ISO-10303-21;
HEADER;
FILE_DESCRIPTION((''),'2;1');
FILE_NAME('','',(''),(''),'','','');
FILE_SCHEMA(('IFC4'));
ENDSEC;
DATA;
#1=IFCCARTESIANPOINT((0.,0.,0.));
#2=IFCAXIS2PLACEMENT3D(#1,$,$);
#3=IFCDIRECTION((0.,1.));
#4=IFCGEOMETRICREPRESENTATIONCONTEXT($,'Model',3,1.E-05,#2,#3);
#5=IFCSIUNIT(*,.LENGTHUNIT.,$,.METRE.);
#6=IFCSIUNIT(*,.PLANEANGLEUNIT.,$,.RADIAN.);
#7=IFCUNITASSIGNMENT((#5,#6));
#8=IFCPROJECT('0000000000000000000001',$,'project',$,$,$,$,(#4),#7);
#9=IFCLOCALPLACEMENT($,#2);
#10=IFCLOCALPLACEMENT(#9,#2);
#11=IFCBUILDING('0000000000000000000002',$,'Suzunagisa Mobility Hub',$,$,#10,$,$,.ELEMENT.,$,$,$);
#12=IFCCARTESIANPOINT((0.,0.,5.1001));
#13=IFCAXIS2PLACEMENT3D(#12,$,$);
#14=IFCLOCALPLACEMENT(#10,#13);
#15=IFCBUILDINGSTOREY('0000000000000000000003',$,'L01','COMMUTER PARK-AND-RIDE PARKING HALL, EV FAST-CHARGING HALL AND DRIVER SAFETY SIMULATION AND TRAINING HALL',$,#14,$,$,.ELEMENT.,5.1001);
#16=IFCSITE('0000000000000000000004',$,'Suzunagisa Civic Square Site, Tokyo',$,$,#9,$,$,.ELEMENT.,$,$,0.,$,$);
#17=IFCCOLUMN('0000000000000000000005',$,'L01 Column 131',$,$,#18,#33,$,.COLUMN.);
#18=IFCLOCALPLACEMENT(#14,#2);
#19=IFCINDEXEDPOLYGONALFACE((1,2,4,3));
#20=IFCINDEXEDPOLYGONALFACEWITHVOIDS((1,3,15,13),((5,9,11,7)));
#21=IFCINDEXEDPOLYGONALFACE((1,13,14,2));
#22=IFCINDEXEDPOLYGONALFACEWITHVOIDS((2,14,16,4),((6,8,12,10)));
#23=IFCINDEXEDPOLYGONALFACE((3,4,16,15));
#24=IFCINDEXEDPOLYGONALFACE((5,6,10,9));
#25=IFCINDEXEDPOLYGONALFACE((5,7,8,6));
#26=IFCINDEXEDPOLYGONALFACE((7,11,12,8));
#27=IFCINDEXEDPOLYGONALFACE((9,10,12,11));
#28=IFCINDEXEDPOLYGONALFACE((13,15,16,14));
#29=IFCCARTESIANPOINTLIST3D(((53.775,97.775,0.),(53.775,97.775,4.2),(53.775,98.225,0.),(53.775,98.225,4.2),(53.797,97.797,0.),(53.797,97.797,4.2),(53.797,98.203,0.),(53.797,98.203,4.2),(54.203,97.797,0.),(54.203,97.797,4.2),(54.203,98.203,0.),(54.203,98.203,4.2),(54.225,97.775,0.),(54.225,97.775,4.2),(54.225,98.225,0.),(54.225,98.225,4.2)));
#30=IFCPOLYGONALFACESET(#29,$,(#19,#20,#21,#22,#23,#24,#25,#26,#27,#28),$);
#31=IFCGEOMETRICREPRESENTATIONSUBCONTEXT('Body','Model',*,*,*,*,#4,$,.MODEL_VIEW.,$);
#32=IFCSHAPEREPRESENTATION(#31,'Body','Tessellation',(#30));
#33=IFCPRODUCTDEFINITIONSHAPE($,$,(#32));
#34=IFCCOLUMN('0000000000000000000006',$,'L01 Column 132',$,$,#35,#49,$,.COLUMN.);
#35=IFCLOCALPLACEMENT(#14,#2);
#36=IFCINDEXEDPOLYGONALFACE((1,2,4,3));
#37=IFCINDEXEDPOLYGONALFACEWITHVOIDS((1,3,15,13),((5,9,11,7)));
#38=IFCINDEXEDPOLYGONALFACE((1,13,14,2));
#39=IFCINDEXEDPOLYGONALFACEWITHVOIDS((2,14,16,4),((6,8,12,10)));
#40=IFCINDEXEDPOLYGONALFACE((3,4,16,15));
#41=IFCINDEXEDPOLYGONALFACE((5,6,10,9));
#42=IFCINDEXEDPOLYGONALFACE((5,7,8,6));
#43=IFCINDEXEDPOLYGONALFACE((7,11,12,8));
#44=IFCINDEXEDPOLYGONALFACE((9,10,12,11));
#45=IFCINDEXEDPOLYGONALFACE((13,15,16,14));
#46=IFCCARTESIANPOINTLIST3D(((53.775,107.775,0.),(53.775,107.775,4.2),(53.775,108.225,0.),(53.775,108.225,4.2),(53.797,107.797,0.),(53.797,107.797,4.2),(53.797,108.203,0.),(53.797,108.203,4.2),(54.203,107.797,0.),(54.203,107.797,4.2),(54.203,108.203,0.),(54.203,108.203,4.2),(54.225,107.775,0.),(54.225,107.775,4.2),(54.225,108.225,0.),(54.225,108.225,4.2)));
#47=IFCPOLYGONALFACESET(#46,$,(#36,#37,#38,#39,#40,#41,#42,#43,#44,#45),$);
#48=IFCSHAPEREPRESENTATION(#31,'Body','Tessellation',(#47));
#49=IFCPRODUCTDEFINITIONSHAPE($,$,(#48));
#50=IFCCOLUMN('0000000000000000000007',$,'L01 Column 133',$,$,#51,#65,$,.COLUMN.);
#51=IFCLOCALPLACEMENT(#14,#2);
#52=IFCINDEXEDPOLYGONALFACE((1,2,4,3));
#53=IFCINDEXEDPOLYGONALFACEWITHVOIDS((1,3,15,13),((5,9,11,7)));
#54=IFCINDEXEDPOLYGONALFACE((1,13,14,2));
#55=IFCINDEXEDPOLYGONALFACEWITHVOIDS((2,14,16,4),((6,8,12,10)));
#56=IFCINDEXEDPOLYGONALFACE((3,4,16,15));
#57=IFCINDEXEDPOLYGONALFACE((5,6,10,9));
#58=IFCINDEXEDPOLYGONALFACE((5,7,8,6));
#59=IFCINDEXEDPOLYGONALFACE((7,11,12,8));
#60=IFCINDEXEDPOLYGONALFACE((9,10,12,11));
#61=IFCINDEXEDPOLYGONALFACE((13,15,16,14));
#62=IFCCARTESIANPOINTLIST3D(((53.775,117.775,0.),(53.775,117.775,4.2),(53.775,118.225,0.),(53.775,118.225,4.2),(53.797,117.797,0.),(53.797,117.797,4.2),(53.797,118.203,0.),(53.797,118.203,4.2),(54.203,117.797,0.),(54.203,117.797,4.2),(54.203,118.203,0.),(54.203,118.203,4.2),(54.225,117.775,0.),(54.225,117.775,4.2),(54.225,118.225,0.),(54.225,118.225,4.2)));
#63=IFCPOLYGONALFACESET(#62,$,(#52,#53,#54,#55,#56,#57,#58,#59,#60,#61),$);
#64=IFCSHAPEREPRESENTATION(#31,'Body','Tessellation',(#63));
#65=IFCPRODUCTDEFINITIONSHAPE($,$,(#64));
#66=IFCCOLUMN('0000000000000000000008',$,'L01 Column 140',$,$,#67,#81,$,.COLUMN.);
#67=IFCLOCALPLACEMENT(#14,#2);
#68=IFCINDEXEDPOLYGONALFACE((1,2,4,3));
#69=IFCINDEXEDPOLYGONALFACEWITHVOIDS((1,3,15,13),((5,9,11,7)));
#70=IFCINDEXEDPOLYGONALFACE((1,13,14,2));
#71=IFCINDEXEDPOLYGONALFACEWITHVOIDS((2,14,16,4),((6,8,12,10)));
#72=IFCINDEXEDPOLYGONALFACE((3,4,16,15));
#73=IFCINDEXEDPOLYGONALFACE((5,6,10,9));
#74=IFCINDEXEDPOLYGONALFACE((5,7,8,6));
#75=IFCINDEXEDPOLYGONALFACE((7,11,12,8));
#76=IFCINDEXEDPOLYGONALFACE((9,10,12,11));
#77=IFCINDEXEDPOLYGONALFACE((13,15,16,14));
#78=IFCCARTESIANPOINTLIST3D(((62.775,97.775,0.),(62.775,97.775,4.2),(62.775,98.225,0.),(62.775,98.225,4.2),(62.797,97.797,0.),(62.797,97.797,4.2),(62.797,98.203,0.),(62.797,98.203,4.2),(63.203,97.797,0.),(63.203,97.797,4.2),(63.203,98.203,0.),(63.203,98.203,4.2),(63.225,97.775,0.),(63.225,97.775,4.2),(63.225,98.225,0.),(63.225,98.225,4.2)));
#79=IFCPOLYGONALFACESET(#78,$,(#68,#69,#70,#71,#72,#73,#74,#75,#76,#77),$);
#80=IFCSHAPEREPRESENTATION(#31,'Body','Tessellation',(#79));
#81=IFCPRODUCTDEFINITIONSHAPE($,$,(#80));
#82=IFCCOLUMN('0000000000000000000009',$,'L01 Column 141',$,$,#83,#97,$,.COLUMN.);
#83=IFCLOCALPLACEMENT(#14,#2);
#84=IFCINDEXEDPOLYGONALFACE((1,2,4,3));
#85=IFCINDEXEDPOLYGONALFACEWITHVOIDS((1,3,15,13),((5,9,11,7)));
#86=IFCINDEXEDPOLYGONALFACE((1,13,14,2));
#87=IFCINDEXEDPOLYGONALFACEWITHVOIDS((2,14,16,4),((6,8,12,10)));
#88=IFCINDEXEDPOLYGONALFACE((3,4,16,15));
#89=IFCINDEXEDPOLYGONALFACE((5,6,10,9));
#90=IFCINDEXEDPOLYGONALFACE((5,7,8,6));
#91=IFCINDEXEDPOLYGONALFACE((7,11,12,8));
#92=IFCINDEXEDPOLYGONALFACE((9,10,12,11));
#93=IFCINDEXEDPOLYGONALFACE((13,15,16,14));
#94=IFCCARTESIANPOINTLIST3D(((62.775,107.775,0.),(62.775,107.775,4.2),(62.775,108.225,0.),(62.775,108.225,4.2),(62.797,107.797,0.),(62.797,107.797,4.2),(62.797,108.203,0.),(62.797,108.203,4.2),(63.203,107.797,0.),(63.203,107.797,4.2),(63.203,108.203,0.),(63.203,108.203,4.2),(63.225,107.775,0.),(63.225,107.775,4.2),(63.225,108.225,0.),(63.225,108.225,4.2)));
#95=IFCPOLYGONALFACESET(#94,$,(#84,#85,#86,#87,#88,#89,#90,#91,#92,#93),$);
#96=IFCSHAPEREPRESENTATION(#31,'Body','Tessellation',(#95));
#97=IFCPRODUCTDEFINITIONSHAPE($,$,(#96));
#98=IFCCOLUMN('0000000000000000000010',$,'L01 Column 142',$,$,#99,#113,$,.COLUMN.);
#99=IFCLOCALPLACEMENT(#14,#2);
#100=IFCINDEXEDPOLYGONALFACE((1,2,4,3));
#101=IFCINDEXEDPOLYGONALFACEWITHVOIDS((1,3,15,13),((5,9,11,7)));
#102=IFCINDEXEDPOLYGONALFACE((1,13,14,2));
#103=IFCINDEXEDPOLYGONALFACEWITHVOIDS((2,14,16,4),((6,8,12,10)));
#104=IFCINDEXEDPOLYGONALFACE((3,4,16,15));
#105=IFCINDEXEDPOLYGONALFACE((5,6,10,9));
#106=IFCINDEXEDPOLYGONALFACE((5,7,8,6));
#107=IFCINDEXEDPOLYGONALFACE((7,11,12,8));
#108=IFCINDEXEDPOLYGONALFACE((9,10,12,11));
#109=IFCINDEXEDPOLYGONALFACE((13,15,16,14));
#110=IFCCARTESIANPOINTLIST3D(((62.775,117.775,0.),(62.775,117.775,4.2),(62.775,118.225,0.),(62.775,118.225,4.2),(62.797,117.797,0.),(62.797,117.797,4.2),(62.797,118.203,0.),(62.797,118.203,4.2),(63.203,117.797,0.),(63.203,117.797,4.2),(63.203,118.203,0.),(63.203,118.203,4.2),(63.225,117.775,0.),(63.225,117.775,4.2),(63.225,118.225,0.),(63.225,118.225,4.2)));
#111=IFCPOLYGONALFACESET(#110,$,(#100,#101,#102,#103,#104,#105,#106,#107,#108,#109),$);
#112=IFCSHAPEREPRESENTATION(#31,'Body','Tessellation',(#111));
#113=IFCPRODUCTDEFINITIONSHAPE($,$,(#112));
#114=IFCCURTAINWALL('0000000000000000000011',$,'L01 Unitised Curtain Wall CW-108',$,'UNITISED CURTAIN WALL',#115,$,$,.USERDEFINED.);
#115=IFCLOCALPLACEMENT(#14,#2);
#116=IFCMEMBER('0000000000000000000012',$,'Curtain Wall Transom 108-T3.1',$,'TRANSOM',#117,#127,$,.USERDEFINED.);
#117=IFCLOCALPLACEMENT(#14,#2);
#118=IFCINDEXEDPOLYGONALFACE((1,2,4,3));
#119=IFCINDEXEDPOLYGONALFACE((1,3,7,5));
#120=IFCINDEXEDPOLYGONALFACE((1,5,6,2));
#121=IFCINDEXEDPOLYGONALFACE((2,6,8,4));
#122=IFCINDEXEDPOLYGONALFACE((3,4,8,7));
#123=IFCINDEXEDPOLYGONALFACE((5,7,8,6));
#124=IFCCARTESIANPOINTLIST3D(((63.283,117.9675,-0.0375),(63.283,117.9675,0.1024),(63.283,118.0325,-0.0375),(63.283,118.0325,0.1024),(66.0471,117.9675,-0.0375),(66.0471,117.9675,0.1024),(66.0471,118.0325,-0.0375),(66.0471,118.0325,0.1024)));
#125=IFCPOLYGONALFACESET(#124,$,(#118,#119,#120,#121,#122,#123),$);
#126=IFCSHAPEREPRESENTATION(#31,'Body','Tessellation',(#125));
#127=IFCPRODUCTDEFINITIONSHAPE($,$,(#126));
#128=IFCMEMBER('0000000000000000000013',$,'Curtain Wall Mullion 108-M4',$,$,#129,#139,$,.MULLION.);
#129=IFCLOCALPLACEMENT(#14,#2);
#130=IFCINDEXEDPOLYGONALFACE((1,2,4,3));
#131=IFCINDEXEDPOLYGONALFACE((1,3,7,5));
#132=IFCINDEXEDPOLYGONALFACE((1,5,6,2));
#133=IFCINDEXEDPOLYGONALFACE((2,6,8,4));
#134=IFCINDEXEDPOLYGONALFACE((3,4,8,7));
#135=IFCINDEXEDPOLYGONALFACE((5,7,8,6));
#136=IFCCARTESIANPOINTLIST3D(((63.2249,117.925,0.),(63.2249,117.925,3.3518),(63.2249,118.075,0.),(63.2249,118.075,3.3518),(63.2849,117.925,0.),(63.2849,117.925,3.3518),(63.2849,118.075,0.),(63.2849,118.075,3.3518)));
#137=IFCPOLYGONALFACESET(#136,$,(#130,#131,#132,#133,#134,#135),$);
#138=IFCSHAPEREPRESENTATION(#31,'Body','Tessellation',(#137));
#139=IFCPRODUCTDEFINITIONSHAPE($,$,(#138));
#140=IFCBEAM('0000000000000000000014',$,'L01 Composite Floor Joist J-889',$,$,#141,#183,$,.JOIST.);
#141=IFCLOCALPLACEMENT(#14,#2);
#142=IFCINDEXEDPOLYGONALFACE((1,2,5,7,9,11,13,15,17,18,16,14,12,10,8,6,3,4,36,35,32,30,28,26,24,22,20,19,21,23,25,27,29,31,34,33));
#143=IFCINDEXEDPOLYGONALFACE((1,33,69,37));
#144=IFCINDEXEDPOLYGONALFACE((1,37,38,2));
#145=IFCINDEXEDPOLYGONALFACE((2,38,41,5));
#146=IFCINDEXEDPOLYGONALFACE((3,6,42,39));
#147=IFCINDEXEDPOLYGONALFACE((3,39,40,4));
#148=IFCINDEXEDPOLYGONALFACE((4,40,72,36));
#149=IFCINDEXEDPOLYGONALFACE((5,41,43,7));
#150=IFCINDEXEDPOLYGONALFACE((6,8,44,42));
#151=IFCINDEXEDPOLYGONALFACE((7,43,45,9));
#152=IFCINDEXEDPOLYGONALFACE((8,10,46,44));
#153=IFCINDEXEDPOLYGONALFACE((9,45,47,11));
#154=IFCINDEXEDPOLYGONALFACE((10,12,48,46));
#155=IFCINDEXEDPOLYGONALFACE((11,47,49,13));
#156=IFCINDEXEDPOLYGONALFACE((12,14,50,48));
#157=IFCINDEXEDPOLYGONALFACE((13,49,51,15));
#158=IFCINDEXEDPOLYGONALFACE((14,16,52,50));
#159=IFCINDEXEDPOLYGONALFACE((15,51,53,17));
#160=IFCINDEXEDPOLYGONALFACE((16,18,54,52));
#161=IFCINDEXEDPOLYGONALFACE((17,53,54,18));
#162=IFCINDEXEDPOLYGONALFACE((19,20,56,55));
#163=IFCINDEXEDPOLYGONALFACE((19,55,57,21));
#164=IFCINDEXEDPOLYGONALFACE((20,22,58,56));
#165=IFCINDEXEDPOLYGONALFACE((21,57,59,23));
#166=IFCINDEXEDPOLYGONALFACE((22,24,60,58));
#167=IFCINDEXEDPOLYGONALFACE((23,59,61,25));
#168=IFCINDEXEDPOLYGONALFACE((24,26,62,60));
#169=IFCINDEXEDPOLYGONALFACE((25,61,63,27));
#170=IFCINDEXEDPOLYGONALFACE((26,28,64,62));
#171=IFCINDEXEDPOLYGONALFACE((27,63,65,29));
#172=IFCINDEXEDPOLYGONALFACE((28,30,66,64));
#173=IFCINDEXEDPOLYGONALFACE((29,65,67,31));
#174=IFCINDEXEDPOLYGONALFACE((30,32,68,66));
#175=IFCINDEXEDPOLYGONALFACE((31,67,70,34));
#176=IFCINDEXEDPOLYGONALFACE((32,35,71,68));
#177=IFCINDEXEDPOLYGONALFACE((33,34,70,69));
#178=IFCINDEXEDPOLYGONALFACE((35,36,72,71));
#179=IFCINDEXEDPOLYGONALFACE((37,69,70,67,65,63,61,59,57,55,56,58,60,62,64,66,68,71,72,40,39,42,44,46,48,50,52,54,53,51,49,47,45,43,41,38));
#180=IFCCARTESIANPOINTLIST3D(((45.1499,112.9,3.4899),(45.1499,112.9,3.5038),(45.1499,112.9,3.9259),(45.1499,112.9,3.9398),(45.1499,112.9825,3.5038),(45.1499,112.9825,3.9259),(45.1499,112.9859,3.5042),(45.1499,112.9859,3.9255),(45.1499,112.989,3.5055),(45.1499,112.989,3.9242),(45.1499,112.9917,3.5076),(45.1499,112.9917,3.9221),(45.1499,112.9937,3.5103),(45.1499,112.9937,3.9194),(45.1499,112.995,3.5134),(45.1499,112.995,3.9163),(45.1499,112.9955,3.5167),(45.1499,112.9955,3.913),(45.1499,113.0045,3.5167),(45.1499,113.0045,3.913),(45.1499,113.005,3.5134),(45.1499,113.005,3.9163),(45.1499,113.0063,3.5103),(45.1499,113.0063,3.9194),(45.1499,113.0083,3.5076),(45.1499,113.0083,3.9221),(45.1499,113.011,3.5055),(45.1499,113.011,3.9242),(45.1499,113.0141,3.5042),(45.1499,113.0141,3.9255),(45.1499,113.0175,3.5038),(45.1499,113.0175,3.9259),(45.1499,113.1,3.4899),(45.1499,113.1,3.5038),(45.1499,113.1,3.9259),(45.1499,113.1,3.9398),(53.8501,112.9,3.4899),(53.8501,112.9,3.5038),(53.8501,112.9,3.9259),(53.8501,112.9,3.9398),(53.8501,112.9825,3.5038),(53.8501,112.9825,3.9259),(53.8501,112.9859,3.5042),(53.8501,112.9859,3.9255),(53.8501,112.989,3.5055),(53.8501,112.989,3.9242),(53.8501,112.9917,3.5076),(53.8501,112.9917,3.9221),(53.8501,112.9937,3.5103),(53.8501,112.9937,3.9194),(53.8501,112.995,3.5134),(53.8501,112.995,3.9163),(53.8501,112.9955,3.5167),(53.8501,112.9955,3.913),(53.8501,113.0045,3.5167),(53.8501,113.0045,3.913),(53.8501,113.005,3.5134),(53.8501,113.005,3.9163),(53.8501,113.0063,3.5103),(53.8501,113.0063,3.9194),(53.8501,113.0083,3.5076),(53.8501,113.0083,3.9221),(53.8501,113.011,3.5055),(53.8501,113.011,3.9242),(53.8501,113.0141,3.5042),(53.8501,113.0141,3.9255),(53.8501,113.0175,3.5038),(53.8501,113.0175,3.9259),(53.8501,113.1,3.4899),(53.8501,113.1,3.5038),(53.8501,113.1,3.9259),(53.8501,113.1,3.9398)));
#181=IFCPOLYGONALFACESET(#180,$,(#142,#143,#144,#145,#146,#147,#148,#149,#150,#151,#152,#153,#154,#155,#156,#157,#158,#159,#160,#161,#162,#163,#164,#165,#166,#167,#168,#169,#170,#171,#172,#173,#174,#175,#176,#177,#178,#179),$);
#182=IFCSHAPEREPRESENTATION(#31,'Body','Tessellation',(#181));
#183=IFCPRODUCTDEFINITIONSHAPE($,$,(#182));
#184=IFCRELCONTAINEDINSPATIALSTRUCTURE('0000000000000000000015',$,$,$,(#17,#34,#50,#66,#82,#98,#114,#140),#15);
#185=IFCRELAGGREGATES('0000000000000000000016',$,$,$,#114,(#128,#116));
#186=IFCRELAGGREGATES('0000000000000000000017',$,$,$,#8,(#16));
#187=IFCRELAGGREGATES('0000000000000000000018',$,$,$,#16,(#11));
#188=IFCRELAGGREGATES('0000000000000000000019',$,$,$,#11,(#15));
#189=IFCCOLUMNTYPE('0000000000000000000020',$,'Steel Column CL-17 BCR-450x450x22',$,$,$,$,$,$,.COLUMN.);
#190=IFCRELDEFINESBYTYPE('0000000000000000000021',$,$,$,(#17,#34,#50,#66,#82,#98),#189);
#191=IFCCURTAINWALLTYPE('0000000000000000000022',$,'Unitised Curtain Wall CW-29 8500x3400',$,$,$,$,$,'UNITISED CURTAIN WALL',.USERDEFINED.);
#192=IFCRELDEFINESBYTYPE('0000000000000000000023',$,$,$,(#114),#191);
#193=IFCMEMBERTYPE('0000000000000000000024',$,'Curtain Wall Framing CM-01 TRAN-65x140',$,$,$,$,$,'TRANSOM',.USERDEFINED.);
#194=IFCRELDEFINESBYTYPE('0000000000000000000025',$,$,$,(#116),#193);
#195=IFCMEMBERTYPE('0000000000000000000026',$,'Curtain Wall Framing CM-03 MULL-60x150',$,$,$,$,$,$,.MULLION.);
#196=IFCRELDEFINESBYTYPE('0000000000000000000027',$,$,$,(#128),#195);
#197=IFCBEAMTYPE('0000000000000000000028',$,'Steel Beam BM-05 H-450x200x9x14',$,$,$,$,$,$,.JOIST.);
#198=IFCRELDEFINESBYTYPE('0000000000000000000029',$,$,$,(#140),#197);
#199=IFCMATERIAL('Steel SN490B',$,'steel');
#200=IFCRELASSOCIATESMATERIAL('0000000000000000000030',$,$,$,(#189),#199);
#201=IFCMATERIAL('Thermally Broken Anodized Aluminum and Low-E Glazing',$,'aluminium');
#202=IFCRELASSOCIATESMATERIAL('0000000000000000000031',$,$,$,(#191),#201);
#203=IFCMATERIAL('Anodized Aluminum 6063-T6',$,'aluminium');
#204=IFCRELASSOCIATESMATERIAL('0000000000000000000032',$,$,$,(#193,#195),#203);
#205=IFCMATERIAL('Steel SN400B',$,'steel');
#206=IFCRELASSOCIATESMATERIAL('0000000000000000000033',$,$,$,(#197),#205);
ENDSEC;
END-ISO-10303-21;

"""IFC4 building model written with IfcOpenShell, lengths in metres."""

from ifc_helpers import new_model, si_unit, direction, frame, origin, origin_2d, place, context, subcontext, project, spatial, rectangle, hollow_rectangle, i_section, extrude, material, material_profile, profile_set, type_object, element, aggregate, save


model = new_model("IFC4")

# Units and contexts
model_context = context("Model", 3, precision=1e-05, world=origin(), true_north=direction((0.0, 1.0)))
body_context = subcontext(model_context, "Body", "Model", "MODEL_VIEW")
ifc_project = project(units=[si_unit("LENGTHUNIT", "METRE"), si_unit("PLANEANGLEUNIT", "RADIAN")], contexts=[model_context])

# Site, building, storey
site_placement = place(None, origin())
site = spatial("IfcSite", under=ifc_project, at=site_placement, Name="Suzunagisa Civic Square Site, Tokyo", CompositionType="ELEMENT", RefElevation=0.0)
building_placement = place(site_placement, origin())
building = spatial("IfcBuilding", under=site, at=building_placement, Name="Suzunagisa Mobility Hub", CompositionType="ELEMENT")
storey_placement = place(building_placement, frame((0.0, 0.0, 5.1001)))
storey = spatial("IfcBuildingStorey", under=building, at=storey_placement, Name="L01", Description="COMMUTER PARK-AND-RIDE PARKING HALL, EV FAST-CHARGING HALL AND DRIVER SAFETY SIMULATION AND TRAINING HALL", CompositionType="ELEMENT", Elevation=5.1001)

# Columns
ifc_material_1 = material(Name="Steel SN490B", Category="steel")
ifc_material_profile_1 = material_profile(ifc_material_1, hollow_rectangle(XDim=0.45, YDim=0.45, WallThickness=0.022, at=origin_2d()), Name="BCR-450x450x22")
ifc_profile_set_1 = profile_set([ifc_material_profile_1], Name="Steel SN490B")
column_type = type_object("IfcColumnType", Name="Steel Column CL-17 BCR-450x450x22", PredefinedType="COLUMN", material=ifc_profile_set_1)
for number, where, z_axis, x_axis, name in (
    (1, (54.0, 98.0, 0.0), (0.0, 0.0, 1.0), (1.0, 0.0, 0.0), "L01 Column 131"),
    (2, (54.0, 108.0, 0.0), (0.0, 0.0, 1.0), (1.0, 0.0, 0.0), "L01 Column 132"),
    (3, (54.0, 118.0, 0.0), (0.0, 0.0, 1.0), (1.0, 0.0, 0.0), "L01 Column 133"),
    (4, (63.0, 98.0, 0.0), (0.0, 0.0, 1.0), (1.0, 0.0, 0.0), "L01 Column 140"),
    (5, (63.0, 108.0, 0.0), (0.0, 0.0, 1.0), (1.0, 0.0, 0.0), "L01 Column 141"),
    (6, (63.0, 118.0, 0.0), (0.0, 0.0, 1.0), (1.0, 0.0, 0.0), "L01 Column 142"),
):
    element("IfcColumn", number, at=place(storey_placement, frame(where, z_axis=z_axis, x_axis=x_axis)), inside=storey, type_object=column_type, Name=name, PredefinedType="COLUMN", context=body_context, shape_type="SweptSolid", body=[
        extrude(hollow_rectangle(XDim=0.45, YDim=0.45, WallThickness=0.022, at=origin_2d()), origin(), (0.0, 0.0, 1.0), 4.2),
    ])

# Curtain wall, members
ifc_material_2 = material(Name="Thermally Broken Anodized Aluminum and Low-E Glazing", Category="aluminium")
curtain_wall_type = type_object("IfcCurtainWallType", Name="Unitised Curtain Wall CW-29 8500x3400", ElementType="UNITISED CURTAIN WALL", PredefinedType="USERDEFINED", material=ifc_material_2)
curtain_wall_placement = place(storey_placement, origin())
curtain_wall = element("IfcCurtainWall", 7, at=curtain_wall_placement, inside=storey, type_object=curtain_wall_type, Name="L01 Unitised Curtain Wall CW-108", ObjectType="UNITISED CURTAIN WALL", PredefinedType="USERDEFINED")
ifc_material_3 = material(Name="Anodized Aluminum 6063-T6", Category="aluminium")
ifc_material_profile_2 = material_profile(ifc_material_3, rectangle(XDim=0.0649, YDim=0.1399, at=origin_2d()), Name="TRAN-65x140")
ifc_profile_set_2 = profile_set([ifc_material_profile_2], Name="Anodized Aluminum 6063-T6")
member_type_1 = type_object("IfcMemberType", Name="Curtain Wall Framing CM-01 TRAN-65x140", ElementType="TRANSOM", PredefinedType="USERDEFINED", material=ifc_profile_set_2)
member_1_placement = place(storey_placement, frame((66.0471, 118.0, 0.0325), z_axis=(-1.0, 0.0, 0.0), x_axis=(0.0, -1.0, 0.0)))
member_1 = element("IfcMember", 8, at=member_1_placement, type_object=member_type_1, Name="Curtain Wall Transom 108-T3.1", ObjectType="TRANSOM", PredefinedType="USERDEFINED", context=body_context, shape_type="SweptSolid", body=[
    extrude(rectangle(XDim=0.0649, YDim=0.1399, at=origin_2d()), origin(), (0.0, 0.0, 1.0), 2.7642),
])
ifc_material_profile_3 = material_profile(ifc_material_3, rectangle(XDim=0.0601, YDim=0.1499, at=origin_2d()), Name="MULL-60x150")
ifc_profile_set_3 = profile_set([ifc_material_profile_3], Name="Anodized Aluminum 6063-T6")
member_type_2 = type_object("IfcMemberType", Name="Curtain Wall Framing CM-03 MULL-60x150", PredefinedType="MULLION", material=ifc_profile_set_3)
member_2_placement = place(storey_placement, frame((63.2549, 118.0, 0.0), z_axis=(0.0, 0.0, 1.0), x_axis=(-1.0, 0.0, 0.0)))
member_2 = element("IfcMember", 9, at=member_2_placement, type_object=member_type_2, Name="Curtain Wall Mullion 108-M4", PredefinedType="MULLION", context=body_context, shape_type="SweptSolid", body=[
    extrude(rectangle(XDim=0.0601, YDim=0.1499, at=origin_2d()), origin(), (0.0, 0.0, 1.0), 3.3518),
])

# Beam
ifc_material_4 = material(Name="Steel SN400B", Category="steel")
ifc_material_profile_4 = material_profile(ifc_material_4, i_section(OverallWidth=0.2, OverallDepth=0.45, WebThickness=0.009, FlangeThickness=0.0139, FilletRadius=0.0129, at=origin_2d()), Name="H-450x200x9x14")
ifc_profile_set_4 = profile_set([ifc_material_profile_4], Name="Steel SN400B")
beam_type_1 = type_object("IfcBeamType", Name="Steel Beam BM-05 H-450x200x9x14", PredefinedType="JOIST", material=ifc_profile_set_4)
for number, where, z_axis, x_axis, name in (
    (10, (45.1499, 113.0, 3.7148), (1.0, 0.0, 0.0), (0.0, 1.0, 0.0), "L01 Composite Floor Joist J-889"),
):
    element("IfcBeam", number, at=place(storey_placement, frame(where, z_axis=z_axis, x_axis=x_axis)), inside=storey, type_object=beam_type_1, Name=name, PredefinedType="JOIST", context=body_context, shape_type="SweptSolid", body=[
        extrude(i_section(OverallWidth=0.2, OverallDepth=0.45, WebThickness=0.009, FlangeThickness=0.0139, FilletRadius=0.0129, at=origin_2d()), origin(), (0.0, 0.0, 1.0), 8.7002),
    ])

aggregate(curtain_wall, [member_2, member_1])

save(model, "model.ifc")
